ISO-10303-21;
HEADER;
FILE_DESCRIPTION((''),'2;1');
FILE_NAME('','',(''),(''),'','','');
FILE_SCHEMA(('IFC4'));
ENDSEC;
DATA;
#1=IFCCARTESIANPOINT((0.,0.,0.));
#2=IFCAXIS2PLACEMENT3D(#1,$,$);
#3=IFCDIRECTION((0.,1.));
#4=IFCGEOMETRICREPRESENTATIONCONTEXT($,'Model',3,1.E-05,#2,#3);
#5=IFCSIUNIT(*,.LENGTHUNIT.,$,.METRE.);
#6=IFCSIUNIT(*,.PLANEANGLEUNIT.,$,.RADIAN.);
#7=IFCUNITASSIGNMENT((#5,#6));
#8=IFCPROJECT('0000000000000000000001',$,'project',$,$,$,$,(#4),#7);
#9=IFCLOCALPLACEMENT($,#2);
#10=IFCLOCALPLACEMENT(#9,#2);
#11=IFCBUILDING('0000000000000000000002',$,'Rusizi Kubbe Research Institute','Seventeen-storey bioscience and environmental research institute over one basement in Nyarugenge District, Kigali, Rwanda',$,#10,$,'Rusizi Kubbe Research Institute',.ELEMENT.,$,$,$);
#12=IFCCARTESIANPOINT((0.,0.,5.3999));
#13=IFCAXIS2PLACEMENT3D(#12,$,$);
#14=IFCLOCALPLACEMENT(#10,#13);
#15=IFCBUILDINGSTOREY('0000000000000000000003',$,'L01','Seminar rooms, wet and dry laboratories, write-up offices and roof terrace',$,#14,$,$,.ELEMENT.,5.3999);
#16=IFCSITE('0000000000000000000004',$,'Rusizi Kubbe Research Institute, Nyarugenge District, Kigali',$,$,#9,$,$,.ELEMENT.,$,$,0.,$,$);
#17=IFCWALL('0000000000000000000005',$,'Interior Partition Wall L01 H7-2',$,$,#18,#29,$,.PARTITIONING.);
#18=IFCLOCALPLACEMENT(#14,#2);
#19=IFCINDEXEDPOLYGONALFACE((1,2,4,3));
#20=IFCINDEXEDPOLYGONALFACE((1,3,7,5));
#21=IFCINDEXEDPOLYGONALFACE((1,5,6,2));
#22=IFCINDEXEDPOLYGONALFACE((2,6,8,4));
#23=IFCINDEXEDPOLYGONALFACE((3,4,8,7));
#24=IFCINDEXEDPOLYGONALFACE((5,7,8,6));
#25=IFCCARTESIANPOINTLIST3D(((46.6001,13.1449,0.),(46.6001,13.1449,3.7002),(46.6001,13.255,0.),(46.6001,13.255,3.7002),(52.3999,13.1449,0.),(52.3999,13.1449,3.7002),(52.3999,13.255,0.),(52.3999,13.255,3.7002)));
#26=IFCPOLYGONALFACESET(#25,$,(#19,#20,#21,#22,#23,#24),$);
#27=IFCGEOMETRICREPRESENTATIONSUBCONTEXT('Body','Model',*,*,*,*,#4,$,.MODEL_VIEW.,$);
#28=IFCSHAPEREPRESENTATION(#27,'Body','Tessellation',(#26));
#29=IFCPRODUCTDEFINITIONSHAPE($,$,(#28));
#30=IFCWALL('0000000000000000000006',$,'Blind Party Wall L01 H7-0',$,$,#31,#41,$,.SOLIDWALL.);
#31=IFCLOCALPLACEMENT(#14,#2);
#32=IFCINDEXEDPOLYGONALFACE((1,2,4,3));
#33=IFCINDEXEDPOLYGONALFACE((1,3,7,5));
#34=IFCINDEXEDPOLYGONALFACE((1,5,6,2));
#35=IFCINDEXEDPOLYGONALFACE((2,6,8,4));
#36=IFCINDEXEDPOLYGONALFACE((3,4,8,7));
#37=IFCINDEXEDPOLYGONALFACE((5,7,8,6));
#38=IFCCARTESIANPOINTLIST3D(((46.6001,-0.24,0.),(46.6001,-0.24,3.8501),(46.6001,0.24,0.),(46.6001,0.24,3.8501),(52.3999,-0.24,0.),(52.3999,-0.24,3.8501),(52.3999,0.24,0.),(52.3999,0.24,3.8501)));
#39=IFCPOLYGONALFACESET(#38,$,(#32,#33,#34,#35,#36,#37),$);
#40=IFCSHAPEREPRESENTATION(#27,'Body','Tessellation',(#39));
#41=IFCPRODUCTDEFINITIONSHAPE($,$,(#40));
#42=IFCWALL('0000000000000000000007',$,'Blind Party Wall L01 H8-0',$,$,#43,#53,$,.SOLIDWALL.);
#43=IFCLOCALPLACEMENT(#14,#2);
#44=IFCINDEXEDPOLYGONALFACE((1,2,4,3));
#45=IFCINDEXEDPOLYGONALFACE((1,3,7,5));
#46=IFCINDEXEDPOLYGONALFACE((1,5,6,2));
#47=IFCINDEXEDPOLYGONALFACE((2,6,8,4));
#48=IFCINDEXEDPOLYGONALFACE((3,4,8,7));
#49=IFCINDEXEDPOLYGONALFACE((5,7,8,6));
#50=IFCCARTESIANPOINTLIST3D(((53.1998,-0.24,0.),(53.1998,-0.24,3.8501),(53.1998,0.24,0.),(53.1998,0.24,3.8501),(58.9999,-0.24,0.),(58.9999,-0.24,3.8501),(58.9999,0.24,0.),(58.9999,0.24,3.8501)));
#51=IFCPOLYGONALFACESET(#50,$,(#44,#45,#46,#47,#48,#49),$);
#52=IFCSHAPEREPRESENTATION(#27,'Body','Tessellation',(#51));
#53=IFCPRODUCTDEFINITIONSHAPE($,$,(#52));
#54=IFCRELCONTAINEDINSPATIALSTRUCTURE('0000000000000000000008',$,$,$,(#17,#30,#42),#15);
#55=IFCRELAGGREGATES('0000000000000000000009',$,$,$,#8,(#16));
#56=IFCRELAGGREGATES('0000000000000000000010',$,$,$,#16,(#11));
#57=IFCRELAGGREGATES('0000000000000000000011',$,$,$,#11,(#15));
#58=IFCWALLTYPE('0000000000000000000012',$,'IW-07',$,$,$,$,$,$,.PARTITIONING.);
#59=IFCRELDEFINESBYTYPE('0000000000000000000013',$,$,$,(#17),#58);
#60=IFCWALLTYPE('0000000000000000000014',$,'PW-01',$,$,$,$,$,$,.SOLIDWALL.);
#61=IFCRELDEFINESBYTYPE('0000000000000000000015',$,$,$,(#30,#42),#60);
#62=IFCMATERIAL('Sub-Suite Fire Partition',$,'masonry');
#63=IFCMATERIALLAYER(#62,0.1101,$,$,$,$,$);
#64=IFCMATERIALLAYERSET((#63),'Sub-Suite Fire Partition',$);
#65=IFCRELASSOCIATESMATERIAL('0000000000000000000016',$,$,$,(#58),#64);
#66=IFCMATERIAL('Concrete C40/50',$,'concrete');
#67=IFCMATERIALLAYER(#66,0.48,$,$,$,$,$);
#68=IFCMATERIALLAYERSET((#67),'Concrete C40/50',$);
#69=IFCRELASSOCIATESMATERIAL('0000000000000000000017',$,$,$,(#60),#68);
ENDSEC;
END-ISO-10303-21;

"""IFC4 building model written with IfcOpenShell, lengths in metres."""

from ifc_helpers import new_model, si_unit, direction, frame, frame_2d, origin, place, context, subcontext, project, spatial, rectangle, extrude, material, layer, layer_set, type_object, element, save


model = new_model("IFC4")

# Units and contexts
model_context = context("Model", 3, precision=1e-05, world=origin(), true_north=direction((0.0, 1.0)))
body_context = subcontext(model_context, "Body", "Model", "MODEL_VIEW")
ifc_project = project(units=[si_unit("LENGTHUNIT", "METRE"), si_unit("PLANEANGLEUNIT", "RADIAN")], contexts=[model_context])

# Site, building, storey
site_placement = place(None, origin())
site = spatial("IfcSite", under=ifc_project, at=site_placement, Name="Rusizi Kubbe Research Institute, Nyarugenge District, Kigali", CompositionType="ELEMENT", RefElevation=0.0)
building_placement = place(site_placement, origin())
building = spatial("IfcBuilding", under=site, at=building_placement, Name="Rusizi Kubbe Research Institute", Description="Seventeen-storey bioscience and environmental research institute over one basement in Nyarugenge District, Kigali, Rwanda", LongName="Rusizi Kubbe Research Institute", CompositionType="ELEMENT")
storey_placement = place(building_placement, frame((0.0, 0.0, 5.3999)))
storey = spatial("IfcBuildingStorey", under=building, at=storey_placement, Name="L01", Description="Seminar rooms, wet and dry laboratories, write-up offices and roof terrace", CompositionType="ELEMENT", Elevation=5.3999)

# Walls
ifc_material_1 = material(Name="Sub-Suite Fire Partition", Category="masonry")
ifc_layer_1 = layer(ifc_material_1, 0.1101)
ifc_layer_set_1 = layer_set([ifc_layer_1], Name="Sub-Suite Fire Partition")
wall_type_1 = type_object("IfcWallType", Name="IW-07", PredefinedType="PARTITIONING", material=ifc_layer_set_1)
wall_1_placement = place(storey_placement, frame((46.6001, 13.2, 0.0), z_axis=(0.0, 0.0, 1.0), x_axis=(1.0, 0.0, 0.0)))
element("IfcWall", 1, at=wall_1_placement, inside=storey, type_object=wall_type_1, Name="Interior Partition Wall L01 H7-2", PredefinedType="PARTITIONING", context=body_context, shape_type="SweptSolid", body=[
    extrude(rectangle(XDim=5.7998, YDim=0.1101, at=frame_2d((2.8999, 0.0))), origin(), (0.0, 0.0, 1.0), 3.7002),
])
ifc_material_2 = material(Name="Concrete C40/50", Category="concrete")
ifc_layer_2 = layer(ifc_material_2, 0.48)
ifc_layer_set_2 = layer_set([ifc_layer_2], Name="Concrete C40/50")
wall_type_2 = type_object("IfcWallType", Name="PW-01", PredefinedType="SOLIDWALL", material=ifc_layer_set_2)
wall_2_placement = place(storey_placement, frame((46.6001, 0.0, 0.0), z_axis=(0.0, 0.0, 1.0), x_axis=(1.0, 0.0, 0.0)))
element("IfcWall", 2, at=wall_2_placement, inside=storey, type_object=wall_type_2, Name="Blind Party Wall L01 H7-0", PredefinedType="SOLIDWALL", context=body_context, shape_type="SweptSolid", body=[
    extrude(rectangle(XDim=5.7998, YDim=0.48, at=frame_2d((2.8999, 0.0))), origin(), (0.0, 0.0, 1.0), 3.8501),
])
wall_3_placement = place(storey_placement, frame((53.2, 0.0, 0.0), z_axis=(0.0, 0.0, 1.0), x_axis=(1.0, 0.0, 0.0)))
element("IfcWall", 3, at=wall_3_placement, inside=storey, type_object=wall_type_2, Name="Blind Party Wall L01 H8-0", PredefinedType="SOLIDWALL", context=body_context, shape_type="SweptSolid", body=[
    extrude(rectangle(XDim=5.8, YDim=0.48, at=frame_2d((2.8999, 0.0))), origin(), (0.0, 0.0, 1.0), 3.8501),
])

save(model, "model.ifc")
